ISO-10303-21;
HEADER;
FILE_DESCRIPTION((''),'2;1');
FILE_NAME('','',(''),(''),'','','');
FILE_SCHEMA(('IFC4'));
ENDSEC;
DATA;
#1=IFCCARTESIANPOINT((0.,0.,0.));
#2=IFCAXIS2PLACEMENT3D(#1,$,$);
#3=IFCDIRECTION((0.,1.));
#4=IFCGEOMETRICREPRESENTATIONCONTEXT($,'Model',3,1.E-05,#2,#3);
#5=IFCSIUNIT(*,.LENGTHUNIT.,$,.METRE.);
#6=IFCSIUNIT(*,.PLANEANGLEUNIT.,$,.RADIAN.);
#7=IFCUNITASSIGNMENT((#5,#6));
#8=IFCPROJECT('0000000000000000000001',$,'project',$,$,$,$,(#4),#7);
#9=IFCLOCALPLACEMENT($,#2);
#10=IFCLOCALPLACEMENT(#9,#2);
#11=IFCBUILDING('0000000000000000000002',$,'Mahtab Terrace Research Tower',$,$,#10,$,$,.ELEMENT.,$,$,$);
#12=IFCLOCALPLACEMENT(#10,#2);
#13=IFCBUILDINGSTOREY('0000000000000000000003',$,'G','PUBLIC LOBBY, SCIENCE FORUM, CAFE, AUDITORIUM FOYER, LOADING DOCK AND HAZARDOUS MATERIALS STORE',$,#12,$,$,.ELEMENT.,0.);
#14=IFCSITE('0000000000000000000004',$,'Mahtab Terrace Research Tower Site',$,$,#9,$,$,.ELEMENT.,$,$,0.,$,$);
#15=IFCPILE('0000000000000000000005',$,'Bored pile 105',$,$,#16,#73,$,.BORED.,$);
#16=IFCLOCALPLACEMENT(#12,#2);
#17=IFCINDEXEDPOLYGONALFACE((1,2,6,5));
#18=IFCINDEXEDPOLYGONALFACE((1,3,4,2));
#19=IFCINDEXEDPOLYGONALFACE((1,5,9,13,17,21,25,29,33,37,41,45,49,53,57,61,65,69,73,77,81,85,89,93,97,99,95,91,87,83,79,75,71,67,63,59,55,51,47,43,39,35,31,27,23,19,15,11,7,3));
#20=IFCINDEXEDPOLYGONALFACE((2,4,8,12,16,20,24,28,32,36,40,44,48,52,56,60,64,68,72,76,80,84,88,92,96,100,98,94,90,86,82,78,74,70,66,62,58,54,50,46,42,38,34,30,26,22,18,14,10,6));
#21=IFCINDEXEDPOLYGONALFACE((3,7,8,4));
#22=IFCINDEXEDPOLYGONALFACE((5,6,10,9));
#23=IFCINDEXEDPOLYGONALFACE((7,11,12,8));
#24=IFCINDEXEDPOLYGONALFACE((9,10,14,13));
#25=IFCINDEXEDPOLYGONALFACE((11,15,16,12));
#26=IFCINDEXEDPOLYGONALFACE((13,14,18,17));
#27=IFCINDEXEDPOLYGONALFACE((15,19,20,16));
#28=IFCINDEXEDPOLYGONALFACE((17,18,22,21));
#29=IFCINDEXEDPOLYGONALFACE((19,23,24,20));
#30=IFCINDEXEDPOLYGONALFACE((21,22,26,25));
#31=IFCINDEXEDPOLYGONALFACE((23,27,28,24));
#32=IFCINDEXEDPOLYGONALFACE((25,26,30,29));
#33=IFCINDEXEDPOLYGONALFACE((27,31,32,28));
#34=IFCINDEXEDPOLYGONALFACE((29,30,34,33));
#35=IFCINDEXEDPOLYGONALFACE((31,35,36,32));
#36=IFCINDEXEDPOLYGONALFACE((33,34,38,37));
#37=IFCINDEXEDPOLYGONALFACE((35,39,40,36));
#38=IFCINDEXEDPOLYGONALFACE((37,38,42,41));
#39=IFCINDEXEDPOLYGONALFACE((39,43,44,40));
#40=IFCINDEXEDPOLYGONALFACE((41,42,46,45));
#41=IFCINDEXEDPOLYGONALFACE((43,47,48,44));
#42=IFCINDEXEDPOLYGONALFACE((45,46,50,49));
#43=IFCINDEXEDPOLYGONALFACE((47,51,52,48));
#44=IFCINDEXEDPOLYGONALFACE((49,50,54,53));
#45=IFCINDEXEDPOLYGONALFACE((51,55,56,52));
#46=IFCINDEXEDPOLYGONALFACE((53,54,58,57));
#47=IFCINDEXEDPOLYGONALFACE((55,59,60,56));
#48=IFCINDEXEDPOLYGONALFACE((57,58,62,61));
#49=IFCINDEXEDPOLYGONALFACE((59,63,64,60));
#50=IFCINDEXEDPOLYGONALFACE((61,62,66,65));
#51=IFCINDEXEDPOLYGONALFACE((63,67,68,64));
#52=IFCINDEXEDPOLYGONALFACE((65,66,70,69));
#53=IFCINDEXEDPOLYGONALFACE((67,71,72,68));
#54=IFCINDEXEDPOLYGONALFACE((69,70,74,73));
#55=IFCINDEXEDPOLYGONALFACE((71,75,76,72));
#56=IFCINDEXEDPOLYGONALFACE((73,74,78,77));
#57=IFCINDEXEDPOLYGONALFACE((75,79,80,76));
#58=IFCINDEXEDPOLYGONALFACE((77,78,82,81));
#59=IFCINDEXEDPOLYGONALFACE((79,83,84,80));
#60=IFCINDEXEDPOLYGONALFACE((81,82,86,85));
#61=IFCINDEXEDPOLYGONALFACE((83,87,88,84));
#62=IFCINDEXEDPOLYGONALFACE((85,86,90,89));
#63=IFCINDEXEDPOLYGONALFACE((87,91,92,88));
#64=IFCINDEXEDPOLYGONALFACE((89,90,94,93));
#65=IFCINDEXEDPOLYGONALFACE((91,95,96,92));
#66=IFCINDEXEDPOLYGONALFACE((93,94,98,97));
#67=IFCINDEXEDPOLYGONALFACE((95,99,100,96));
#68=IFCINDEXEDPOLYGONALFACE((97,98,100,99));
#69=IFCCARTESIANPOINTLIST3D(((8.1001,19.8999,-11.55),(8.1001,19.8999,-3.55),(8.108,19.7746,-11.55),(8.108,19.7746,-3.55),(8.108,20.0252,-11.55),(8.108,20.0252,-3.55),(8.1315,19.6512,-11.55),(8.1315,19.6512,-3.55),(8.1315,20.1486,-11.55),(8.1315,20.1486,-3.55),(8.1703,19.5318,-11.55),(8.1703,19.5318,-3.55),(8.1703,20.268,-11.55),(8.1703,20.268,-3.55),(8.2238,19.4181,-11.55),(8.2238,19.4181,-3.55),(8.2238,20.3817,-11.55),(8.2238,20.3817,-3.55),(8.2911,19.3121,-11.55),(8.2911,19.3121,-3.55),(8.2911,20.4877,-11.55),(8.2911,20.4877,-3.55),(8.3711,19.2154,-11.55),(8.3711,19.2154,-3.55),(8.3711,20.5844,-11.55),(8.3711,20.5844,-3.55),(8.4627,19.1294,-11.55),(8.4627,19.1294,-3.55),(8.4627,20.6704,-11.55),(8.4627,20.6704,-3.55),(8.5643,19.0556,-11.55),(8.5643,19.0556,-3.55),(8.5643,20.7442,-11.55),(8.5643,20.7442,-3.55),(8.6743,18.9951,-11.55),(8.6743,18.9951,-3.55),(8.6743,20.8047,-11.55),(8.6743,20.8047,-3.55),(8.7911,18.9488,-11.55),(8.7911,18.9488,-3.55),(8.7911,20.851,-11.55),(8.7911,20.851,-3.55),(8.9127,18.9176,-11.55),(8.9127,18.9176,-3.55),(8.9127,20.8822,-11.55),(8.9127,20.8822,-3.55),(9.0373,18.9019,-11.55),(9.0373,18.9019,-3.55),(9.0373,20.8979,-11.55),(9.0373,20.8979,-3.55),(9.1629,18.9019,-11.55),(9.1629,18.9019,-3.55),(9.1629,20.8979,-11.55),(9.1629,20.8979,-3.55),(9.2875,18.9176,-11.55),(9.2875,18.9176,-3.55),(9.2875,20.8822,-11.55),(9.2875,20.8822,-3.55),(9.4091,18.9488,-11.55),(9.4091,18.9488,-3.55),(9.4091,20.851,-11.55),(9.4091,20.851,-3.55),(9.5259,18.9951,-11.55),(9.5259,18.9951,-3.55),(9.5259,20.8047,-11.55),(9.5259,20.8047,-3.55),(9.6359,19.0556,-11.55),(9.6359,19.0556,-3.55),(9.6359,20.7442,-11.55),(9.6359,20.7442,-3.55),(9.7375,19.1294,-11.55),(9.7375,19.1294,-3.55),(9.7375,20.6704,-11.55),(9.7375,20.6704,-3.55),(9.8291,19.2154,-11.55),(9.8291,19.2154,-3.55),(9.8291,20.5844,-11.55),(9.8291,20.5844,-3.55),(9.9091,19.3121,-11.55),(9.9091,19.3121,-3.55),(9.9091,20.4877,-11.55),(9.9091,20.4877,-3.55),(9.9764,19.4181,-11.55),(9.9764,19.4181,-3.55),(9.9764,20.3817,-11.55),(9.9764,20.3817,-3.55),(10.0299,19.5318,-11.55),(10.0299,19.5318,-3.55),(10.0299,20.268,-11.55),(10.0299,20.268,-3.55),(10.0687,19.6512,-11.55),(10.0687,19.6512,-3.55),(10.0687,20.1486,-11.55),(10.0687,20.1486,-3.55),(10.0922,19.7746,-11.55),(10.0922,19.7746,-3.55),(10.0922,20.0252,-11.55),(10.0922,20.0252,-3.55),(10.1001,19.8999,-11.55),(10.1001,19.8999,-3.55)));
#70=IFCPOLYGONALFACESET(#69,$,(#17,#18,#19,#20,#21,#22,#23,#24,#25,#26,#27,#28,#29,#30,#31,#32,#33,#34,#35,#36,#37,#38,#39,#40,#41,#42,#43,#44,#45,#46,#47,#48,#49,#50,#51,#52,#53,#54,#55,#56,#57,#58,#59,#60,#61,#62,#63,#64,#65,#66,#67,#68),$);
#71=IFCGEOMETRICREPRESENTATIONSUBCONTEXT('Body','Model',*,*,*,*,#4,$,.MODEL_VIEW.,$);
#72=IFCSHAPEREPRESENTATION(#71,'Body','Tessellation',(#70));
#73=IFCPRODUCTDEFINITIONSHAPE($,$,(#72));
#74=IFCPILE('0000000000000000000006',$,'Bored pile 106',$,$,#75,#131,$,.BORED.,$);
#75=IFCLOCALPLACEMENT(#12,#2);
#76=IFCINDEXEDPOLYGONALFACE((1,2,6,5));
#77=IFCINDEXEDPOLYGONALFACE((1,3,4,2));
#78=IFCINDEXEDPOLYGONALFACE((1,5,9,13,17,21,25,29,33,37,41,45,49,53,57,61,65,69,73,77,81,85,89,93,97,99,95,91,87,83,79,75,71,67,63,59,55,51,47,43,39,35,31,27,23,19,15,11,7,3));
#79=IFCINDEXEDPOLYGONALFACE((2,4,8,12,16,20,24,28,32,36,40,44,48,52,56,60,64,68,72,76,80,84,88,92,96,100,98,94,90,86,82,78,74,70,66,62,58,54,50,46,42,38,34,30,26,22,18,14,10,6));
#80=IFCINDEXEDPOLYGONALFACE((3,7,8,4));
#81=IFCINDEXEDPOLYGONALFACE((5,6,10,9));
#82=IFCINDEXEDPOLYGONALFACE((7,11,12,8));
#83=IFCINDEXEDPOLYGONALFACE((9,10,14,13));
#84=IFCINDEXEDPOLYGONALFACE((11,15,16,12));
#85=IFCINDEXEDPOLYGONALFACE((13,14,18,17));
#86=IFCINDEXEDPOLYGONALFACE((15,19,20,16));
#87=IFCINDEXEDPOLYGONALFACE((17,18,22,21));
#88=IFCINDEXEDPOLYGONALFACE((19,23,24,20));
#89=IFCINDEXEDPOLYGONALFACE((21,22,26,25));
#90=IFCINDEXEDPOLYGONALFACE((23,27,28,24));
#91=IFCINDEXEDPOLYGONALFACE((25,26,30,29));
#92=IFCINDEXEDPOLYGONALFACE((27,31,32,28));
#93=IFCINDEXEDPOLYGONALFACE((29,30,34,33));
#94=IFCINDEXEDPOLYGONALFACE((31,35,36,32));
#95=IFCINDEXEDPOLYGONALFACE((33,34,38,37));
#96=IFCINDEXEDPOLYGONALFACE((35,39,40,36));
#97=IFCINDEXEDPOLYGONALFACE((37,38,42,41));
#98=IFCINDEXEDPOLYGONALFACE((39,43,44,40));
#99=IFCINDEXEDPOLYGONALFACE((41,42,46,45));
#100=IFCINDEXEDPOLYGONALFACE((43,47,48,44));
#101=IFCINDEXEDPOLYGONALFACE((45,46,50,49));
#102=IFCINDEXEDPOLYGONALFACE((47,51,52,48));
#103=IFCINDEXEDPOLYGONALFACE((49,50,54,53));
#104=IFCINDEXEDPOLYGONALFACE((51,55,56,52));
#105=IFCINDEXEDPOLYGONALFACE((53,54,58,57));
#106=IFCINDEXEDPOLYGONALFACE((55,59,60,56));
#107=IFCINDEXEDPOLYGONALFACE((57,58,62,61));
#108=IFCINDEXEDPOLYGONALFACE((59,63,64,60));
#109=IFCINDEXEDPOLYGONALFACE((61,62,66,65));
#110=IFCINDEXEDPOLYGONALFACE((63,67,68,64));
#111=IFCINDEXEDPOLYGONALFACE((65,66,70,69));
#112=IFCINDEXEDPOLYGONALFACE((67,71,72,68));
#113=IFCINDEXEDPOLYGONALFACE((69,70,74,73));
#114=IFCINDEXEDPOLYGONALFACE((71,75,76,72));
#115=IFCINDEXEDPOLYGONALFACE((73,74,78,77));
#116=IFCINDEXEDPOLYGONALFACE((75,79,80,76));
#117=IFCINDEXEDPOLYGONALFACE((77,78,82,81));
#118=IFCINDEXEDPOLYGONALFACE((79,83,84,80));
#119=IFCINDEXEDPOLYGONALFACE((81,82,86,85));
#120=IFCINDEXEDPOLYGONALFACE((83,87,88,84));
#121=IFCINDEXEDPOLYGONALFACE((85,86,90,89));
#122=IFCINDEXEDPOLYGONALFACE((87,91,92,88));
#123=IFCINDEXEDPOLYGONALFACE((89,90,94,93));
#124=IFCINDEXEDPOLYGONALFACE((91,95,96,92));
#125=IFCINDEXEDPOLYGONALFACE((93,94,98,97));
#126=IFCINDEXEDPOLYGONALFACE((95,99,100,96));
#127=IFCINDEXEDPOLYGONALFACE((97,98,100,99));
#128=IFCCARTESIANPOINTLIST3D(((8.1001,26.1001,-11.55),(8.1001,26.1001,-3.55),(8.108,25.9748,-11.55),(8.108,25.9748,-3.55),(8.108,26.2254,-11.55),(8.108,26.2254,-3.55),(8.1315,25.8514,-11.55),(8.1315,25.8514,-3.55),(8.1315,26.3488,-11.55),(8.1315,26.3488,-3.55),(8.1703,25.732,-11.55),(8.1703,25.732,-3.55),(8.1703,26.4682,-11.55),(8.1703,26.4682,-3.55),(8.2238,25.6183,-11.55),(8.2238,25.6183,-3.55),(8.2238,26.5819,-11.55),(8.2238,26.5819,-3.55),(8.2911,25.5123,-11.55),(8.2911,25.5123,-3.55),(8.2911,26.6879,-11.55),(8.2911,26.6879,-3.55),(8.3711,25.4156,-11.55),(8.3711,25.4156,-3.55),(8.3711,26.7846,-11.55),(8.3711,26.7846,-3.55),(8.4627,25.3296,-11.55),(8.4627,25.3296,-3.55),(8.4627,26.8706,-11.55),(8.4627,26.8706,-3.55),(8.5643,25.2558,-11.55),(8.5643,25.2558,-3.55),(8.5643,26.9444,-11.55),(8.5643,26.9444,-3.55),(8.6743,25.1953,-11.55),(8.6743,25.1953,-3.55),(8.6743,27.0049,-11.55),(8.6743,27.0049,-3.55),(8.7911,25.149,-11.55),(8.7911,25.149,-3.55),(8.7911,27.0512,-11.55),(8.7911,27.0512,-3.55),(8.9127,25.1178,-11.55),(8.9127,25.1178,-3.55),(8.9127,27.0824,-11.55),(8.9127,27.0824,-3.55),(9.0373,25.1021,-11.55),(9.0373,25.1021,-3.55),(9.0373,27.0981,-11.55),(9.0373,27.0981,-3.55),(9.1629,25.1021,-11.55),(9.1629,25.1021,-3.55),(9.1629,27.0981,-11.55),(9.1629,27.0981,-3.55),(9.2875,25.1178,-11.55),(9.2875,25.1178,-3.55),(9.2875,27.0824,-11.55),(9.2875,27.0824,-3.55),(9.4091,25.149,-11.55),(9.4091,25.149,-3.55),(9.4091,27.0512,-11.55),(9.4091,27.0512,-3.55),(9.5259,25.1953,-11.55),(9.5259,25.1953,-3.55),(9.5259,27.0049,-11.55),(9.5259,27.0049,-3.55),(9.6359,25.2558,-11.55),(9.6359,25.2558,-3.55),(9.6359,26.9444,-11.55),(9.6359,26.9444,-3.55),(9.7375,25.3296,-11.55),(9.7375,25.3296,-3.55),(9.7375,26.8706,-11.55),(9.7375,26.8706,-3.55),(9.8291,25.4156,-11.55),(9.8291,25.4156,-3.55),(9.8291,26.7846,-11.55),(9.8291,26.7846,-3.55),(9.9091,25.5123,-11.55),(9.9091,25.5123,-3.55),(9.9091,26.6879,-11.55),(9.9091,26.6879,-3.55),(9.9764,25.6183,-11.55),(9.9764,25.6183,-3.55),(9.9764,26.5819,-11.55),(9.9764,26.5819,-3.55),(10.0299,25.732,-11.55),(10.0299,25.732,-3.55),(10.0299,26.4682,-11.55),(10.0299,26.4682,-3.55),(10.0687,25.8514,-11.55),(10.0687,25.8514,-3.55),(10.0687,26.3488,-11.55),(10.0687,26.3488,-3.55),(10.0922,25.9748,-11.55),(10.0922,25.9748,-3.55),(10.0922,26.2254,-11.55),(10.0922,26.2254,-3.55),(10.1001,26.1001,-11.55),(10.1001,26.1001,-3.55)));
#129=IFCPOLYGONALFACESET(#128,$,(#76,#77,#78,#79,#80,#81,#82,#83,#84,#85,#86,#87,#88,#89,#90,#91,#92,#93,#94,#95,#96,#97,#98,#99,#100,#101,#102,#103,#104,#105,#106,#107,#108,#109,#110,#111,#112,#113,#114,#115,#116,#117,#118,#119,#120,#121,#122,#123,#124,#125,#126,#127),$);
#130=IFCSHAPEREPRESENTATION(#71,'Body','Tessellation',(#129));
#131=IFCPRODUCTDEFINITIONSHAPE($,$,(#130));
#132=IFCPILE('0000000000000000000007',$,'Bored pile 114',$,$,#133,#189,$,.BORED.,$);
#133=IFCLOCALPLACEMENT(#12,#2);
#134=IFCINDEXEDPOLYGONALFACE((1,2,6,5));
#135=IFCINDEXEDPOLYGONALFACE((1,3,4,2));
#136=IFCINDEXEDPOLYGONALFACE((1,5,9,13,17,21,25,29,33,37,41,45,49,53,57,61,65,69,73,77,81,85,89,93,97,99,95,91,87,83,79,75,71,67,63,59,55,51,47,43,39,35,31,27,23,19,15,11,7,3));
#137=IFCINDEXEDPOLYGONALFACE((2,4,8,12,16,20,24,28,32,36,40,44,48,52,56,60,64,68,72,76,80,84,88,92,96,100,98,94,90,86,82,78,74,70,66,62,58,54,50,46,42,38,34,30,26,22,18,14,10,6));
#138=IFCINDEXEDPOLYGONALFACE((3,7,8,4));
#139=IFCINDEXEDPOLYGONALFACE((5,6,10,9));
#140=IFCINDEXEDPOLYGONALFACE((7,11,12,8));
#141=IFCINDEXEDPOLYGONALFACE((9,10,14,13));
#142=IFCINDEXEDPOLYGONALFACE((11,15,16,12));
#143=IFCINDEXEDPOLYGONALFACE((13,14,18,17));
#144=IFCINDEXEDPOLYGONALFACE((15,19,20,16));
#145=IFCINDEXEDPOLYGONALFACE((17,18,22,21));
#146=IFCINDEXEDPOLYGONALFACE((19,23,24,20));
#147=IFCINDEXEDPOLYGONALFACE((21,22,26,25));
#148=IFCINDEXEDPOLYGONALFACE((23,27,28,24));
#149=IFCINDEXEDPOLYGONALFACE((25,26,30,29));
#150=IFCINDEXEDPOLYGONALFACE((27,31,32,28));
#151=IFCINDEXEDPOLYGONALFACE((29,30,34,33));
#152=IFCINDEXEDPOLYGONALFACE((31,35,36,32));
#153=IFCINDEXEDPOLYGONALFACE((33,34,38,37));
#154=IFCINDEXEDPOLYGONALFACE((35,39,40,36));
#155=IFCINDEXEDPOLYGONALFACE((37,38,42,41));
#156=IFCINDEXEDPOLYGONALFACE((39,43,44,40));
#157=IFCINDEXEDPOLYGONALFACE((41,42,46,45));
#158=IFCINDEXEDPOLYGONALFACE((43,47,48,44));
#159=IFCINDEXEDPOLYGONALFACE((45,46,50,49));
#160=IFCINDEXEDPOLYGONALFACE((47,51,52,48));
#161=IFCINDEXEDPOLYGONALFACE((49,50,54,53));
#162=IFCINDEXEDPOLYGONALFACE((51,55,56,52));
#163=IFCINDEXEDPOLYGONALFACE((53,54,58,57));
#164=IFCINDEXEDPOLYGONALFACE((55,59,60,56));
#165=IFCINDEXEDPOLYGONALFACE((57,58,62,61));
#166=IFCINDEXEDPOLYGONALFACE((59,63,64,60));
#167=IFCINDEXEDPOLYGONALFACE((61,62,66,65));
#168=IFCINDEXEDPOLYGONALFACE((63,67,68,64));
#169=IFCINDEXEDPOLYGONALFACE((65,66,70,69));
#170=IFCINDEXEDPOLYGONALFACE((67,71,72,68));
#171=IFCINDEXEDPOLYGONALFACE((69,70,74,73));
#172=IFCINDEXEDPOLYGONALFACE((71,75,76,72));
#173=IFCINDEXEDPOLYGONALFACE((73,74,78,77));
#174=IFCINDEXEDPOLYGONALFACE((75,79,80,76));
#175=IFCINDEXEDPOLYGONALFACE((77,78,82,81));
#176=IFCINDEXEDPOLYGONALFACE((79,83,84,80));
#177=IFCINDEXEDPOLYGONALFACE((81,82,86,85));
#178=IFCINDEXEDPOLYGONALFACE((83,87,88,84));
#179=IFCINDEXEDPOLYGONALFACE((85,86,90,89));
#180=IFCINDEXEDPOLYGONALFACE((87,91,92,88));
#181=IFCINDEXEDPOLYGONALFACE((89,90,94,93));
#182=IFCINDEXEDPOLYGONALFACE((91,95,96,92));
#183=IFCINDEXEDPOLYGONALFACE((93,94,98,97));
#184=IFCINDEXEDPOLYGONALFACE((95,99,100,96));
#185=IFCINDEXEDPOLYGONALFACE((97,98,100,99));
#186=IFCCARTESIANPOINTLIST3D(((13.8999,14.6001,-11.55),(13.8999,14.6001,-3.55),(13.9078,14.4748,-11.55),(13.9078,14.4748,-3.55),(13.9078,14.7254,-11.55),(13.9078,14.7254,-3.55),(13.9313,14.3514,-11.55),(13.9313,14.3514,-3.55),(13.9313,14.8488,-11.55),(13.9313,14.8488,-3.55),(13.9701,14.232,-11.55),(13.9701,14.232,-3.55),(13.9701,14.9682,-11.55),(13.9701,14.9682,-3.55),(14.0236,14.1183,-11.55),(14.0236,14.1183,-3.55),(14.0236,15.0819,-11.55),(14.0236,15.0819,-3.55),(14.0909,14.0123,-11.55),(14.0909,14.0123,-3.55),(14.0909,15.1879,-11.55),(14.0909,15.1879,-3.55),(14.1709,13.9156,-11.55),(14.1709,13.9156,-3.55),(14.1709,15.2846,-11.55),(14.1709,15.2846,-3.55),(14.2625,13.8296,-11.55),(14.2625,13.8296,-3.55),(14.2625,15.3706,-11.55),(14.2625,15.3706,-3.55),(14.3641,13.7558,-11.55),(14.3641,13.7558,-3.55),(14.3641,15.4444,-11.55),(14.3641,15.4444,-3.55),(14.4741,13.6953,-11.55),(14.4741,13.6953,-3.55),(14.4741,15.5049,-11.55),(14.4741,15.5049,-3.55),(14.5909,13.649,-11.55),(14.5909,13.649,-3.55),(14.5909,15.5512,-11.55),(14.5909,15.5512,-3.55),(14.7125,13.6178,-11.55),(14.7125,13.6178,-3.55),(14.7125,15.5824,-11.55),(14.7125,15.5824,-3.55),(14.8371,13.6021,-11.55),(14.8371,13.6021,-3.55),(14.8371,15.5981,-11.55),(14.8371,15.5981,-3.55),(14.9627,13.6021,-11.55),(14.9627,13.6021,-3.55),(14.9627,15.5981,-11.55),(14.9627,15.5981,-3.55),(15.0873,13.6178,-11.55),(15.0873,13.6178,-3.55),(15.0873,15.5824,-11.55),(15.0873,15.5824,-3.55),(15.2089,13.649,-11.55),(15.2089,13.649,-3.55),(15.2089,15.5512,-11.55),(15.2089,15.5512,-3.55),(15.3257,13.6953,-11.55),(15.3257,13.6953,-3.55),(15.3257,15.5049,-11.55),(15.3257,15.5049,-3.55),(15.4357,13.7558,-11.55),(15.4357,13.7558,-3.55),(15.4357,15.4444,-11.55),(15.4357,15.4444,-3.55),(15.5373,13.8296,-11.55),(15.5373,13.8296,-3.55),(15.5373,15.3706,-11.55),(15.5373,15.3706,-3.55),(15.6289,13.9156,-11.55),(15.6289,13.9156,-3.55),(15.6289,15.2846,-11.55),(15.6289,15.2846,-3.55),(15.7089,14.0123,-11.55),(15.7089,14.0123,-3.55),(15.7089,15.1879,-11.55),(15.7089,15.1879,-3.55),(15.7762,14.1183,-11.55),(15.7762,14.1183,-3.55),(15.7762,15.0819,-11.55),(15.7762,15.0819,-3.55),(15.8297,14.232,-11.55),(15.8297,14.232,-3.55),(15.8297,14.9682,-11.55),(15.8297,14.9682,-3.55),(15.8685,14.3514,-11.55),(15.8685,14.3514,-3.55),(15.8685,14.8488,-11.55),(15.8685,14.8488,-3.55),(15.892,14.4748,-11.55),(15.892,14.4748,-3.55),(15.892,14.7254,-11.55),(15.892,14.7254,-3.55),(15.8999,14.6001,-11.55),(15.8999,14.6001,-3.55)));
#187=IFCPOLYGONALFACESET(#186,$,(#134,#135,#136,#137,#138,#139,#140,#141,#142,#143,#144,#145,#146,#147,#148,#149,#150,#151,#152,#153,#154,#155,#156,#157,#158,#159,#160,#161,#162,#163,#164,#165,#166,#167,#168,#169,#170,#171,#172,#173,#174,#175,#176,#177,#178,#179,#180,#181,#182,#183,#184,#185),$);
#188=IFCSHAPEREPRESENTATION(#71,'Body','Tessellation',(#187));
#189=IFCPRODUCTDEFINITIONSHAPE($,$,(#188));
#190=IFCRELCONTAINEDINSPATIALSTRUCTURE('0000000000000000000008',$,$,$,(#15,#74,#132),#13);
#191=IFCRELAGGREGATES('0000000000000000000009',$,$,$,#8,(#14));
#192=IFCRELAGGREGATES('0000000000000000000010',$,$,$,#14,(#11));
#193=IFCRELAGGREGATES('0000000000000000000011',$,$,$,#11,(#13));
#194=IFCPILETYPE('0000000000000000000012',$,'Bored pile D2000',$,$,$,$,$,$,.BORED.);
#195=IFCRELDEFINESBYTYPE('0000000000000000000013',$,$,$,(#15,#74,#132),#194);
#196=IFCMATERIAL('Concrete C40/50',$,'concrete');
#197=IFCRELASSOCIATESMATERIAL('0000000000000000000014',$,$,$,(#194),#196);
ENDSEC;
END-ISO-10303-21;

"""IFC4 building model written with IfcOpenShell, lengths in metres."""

from ifc_helpers import new_model, si_unit, direction, frame, origin, origin_2d, place, context, subcontext, project, spatial, circle, extrude, material, material_profile, profile_set, type_object, element, save


model = new_model("IFC4")

# Units and contexts
model_context = context("Model", 3, precision=1e-05, world=origin(), true_north=direction((0.0, 1.0)))
body_context = subcontext(model_context, "Body", "Model", "MODEL_VIEW")
ifc_project = project(units=[si_unit("LENGTHUNIT", "METRE"), si_unit("PLANEANGLEUNIT", "RADIAN")], contexts=[model_context])

# Site, building, storey
site_placement = place(None, origin())
site = spatial("IfcSite", under=ifc_project, at=site_placement, Name="Mahtab Terrace Research Tower Site", CompositionType="ELEMENT", RefElevation=0.0)
building_placement = place(site_placement, origin())
building = spatial("IfcBuilding", under=site, at=building_placement, Name="Mahtab Terrace Research Tower", CompositionType="ELEMENT")
storey_placement = place(building_placement, origin())
storey = spatial("IfcBuildingStorey", under=building, at=storey_placement, Name="G", Description="PUBLIC LOBBY, SCIENCE FORUM, CAFE, AUDITORIUM FOYER, LOADING DOCK AND HAZARDOUS MATERIALS STORE", CompositionType="ELEMENT", Elevation=0.0)

# Piles
ifc_material_1 = material(Name="Concrete C40/50", Category="concrete")
ifc_material_profile_1 = material_profile(ifc_material_1, circle(Radius=1.0, at=origin_2d()), Name="Bored pile D2000")
ifc_profile_set_1 = profile_set([ifc_material_profile_1], Name="Concrete C40/50")
pile_type_1 = type_object("IfcPileType", Name="Bored pile D2000", PredefinedType="BORED", material=ifc_profile_set_1)
for number, where, z_axis, x_axis, name in (
    (1, (9.1001, 19.8999, -3.55), (0.0, 0.0, -1.0), (1.0, 0.0, 0.0), "Bored pile 105"),
    (2, (9.1001, 26.1001, -3.55), (0.0, 0.0, -1.0), (1.0, 0.0, 0.0), "Bored pile 106"),
    (3, (14.8999, 14.6001, -3.55), (0.0, 0.0, -1.0), (1.0, 0.0, 0.0), "Bored pile 114"),
):
    element("IfcPile", number, at=place(storey_placement, frame(where, z_axis=z_axis, x_axis=x_axis)), inside=storey, type_object=pile_type_1, Name=name, PredefinedType="BORED", context=body_context, shape_type="SweptSolid", body=[
        extrude(circle(Radius=1.0, at=origin_2d()), origin(), (0.0, 0.0, 1.0), 8.0),
    ])

save(model, "model.ifc")
